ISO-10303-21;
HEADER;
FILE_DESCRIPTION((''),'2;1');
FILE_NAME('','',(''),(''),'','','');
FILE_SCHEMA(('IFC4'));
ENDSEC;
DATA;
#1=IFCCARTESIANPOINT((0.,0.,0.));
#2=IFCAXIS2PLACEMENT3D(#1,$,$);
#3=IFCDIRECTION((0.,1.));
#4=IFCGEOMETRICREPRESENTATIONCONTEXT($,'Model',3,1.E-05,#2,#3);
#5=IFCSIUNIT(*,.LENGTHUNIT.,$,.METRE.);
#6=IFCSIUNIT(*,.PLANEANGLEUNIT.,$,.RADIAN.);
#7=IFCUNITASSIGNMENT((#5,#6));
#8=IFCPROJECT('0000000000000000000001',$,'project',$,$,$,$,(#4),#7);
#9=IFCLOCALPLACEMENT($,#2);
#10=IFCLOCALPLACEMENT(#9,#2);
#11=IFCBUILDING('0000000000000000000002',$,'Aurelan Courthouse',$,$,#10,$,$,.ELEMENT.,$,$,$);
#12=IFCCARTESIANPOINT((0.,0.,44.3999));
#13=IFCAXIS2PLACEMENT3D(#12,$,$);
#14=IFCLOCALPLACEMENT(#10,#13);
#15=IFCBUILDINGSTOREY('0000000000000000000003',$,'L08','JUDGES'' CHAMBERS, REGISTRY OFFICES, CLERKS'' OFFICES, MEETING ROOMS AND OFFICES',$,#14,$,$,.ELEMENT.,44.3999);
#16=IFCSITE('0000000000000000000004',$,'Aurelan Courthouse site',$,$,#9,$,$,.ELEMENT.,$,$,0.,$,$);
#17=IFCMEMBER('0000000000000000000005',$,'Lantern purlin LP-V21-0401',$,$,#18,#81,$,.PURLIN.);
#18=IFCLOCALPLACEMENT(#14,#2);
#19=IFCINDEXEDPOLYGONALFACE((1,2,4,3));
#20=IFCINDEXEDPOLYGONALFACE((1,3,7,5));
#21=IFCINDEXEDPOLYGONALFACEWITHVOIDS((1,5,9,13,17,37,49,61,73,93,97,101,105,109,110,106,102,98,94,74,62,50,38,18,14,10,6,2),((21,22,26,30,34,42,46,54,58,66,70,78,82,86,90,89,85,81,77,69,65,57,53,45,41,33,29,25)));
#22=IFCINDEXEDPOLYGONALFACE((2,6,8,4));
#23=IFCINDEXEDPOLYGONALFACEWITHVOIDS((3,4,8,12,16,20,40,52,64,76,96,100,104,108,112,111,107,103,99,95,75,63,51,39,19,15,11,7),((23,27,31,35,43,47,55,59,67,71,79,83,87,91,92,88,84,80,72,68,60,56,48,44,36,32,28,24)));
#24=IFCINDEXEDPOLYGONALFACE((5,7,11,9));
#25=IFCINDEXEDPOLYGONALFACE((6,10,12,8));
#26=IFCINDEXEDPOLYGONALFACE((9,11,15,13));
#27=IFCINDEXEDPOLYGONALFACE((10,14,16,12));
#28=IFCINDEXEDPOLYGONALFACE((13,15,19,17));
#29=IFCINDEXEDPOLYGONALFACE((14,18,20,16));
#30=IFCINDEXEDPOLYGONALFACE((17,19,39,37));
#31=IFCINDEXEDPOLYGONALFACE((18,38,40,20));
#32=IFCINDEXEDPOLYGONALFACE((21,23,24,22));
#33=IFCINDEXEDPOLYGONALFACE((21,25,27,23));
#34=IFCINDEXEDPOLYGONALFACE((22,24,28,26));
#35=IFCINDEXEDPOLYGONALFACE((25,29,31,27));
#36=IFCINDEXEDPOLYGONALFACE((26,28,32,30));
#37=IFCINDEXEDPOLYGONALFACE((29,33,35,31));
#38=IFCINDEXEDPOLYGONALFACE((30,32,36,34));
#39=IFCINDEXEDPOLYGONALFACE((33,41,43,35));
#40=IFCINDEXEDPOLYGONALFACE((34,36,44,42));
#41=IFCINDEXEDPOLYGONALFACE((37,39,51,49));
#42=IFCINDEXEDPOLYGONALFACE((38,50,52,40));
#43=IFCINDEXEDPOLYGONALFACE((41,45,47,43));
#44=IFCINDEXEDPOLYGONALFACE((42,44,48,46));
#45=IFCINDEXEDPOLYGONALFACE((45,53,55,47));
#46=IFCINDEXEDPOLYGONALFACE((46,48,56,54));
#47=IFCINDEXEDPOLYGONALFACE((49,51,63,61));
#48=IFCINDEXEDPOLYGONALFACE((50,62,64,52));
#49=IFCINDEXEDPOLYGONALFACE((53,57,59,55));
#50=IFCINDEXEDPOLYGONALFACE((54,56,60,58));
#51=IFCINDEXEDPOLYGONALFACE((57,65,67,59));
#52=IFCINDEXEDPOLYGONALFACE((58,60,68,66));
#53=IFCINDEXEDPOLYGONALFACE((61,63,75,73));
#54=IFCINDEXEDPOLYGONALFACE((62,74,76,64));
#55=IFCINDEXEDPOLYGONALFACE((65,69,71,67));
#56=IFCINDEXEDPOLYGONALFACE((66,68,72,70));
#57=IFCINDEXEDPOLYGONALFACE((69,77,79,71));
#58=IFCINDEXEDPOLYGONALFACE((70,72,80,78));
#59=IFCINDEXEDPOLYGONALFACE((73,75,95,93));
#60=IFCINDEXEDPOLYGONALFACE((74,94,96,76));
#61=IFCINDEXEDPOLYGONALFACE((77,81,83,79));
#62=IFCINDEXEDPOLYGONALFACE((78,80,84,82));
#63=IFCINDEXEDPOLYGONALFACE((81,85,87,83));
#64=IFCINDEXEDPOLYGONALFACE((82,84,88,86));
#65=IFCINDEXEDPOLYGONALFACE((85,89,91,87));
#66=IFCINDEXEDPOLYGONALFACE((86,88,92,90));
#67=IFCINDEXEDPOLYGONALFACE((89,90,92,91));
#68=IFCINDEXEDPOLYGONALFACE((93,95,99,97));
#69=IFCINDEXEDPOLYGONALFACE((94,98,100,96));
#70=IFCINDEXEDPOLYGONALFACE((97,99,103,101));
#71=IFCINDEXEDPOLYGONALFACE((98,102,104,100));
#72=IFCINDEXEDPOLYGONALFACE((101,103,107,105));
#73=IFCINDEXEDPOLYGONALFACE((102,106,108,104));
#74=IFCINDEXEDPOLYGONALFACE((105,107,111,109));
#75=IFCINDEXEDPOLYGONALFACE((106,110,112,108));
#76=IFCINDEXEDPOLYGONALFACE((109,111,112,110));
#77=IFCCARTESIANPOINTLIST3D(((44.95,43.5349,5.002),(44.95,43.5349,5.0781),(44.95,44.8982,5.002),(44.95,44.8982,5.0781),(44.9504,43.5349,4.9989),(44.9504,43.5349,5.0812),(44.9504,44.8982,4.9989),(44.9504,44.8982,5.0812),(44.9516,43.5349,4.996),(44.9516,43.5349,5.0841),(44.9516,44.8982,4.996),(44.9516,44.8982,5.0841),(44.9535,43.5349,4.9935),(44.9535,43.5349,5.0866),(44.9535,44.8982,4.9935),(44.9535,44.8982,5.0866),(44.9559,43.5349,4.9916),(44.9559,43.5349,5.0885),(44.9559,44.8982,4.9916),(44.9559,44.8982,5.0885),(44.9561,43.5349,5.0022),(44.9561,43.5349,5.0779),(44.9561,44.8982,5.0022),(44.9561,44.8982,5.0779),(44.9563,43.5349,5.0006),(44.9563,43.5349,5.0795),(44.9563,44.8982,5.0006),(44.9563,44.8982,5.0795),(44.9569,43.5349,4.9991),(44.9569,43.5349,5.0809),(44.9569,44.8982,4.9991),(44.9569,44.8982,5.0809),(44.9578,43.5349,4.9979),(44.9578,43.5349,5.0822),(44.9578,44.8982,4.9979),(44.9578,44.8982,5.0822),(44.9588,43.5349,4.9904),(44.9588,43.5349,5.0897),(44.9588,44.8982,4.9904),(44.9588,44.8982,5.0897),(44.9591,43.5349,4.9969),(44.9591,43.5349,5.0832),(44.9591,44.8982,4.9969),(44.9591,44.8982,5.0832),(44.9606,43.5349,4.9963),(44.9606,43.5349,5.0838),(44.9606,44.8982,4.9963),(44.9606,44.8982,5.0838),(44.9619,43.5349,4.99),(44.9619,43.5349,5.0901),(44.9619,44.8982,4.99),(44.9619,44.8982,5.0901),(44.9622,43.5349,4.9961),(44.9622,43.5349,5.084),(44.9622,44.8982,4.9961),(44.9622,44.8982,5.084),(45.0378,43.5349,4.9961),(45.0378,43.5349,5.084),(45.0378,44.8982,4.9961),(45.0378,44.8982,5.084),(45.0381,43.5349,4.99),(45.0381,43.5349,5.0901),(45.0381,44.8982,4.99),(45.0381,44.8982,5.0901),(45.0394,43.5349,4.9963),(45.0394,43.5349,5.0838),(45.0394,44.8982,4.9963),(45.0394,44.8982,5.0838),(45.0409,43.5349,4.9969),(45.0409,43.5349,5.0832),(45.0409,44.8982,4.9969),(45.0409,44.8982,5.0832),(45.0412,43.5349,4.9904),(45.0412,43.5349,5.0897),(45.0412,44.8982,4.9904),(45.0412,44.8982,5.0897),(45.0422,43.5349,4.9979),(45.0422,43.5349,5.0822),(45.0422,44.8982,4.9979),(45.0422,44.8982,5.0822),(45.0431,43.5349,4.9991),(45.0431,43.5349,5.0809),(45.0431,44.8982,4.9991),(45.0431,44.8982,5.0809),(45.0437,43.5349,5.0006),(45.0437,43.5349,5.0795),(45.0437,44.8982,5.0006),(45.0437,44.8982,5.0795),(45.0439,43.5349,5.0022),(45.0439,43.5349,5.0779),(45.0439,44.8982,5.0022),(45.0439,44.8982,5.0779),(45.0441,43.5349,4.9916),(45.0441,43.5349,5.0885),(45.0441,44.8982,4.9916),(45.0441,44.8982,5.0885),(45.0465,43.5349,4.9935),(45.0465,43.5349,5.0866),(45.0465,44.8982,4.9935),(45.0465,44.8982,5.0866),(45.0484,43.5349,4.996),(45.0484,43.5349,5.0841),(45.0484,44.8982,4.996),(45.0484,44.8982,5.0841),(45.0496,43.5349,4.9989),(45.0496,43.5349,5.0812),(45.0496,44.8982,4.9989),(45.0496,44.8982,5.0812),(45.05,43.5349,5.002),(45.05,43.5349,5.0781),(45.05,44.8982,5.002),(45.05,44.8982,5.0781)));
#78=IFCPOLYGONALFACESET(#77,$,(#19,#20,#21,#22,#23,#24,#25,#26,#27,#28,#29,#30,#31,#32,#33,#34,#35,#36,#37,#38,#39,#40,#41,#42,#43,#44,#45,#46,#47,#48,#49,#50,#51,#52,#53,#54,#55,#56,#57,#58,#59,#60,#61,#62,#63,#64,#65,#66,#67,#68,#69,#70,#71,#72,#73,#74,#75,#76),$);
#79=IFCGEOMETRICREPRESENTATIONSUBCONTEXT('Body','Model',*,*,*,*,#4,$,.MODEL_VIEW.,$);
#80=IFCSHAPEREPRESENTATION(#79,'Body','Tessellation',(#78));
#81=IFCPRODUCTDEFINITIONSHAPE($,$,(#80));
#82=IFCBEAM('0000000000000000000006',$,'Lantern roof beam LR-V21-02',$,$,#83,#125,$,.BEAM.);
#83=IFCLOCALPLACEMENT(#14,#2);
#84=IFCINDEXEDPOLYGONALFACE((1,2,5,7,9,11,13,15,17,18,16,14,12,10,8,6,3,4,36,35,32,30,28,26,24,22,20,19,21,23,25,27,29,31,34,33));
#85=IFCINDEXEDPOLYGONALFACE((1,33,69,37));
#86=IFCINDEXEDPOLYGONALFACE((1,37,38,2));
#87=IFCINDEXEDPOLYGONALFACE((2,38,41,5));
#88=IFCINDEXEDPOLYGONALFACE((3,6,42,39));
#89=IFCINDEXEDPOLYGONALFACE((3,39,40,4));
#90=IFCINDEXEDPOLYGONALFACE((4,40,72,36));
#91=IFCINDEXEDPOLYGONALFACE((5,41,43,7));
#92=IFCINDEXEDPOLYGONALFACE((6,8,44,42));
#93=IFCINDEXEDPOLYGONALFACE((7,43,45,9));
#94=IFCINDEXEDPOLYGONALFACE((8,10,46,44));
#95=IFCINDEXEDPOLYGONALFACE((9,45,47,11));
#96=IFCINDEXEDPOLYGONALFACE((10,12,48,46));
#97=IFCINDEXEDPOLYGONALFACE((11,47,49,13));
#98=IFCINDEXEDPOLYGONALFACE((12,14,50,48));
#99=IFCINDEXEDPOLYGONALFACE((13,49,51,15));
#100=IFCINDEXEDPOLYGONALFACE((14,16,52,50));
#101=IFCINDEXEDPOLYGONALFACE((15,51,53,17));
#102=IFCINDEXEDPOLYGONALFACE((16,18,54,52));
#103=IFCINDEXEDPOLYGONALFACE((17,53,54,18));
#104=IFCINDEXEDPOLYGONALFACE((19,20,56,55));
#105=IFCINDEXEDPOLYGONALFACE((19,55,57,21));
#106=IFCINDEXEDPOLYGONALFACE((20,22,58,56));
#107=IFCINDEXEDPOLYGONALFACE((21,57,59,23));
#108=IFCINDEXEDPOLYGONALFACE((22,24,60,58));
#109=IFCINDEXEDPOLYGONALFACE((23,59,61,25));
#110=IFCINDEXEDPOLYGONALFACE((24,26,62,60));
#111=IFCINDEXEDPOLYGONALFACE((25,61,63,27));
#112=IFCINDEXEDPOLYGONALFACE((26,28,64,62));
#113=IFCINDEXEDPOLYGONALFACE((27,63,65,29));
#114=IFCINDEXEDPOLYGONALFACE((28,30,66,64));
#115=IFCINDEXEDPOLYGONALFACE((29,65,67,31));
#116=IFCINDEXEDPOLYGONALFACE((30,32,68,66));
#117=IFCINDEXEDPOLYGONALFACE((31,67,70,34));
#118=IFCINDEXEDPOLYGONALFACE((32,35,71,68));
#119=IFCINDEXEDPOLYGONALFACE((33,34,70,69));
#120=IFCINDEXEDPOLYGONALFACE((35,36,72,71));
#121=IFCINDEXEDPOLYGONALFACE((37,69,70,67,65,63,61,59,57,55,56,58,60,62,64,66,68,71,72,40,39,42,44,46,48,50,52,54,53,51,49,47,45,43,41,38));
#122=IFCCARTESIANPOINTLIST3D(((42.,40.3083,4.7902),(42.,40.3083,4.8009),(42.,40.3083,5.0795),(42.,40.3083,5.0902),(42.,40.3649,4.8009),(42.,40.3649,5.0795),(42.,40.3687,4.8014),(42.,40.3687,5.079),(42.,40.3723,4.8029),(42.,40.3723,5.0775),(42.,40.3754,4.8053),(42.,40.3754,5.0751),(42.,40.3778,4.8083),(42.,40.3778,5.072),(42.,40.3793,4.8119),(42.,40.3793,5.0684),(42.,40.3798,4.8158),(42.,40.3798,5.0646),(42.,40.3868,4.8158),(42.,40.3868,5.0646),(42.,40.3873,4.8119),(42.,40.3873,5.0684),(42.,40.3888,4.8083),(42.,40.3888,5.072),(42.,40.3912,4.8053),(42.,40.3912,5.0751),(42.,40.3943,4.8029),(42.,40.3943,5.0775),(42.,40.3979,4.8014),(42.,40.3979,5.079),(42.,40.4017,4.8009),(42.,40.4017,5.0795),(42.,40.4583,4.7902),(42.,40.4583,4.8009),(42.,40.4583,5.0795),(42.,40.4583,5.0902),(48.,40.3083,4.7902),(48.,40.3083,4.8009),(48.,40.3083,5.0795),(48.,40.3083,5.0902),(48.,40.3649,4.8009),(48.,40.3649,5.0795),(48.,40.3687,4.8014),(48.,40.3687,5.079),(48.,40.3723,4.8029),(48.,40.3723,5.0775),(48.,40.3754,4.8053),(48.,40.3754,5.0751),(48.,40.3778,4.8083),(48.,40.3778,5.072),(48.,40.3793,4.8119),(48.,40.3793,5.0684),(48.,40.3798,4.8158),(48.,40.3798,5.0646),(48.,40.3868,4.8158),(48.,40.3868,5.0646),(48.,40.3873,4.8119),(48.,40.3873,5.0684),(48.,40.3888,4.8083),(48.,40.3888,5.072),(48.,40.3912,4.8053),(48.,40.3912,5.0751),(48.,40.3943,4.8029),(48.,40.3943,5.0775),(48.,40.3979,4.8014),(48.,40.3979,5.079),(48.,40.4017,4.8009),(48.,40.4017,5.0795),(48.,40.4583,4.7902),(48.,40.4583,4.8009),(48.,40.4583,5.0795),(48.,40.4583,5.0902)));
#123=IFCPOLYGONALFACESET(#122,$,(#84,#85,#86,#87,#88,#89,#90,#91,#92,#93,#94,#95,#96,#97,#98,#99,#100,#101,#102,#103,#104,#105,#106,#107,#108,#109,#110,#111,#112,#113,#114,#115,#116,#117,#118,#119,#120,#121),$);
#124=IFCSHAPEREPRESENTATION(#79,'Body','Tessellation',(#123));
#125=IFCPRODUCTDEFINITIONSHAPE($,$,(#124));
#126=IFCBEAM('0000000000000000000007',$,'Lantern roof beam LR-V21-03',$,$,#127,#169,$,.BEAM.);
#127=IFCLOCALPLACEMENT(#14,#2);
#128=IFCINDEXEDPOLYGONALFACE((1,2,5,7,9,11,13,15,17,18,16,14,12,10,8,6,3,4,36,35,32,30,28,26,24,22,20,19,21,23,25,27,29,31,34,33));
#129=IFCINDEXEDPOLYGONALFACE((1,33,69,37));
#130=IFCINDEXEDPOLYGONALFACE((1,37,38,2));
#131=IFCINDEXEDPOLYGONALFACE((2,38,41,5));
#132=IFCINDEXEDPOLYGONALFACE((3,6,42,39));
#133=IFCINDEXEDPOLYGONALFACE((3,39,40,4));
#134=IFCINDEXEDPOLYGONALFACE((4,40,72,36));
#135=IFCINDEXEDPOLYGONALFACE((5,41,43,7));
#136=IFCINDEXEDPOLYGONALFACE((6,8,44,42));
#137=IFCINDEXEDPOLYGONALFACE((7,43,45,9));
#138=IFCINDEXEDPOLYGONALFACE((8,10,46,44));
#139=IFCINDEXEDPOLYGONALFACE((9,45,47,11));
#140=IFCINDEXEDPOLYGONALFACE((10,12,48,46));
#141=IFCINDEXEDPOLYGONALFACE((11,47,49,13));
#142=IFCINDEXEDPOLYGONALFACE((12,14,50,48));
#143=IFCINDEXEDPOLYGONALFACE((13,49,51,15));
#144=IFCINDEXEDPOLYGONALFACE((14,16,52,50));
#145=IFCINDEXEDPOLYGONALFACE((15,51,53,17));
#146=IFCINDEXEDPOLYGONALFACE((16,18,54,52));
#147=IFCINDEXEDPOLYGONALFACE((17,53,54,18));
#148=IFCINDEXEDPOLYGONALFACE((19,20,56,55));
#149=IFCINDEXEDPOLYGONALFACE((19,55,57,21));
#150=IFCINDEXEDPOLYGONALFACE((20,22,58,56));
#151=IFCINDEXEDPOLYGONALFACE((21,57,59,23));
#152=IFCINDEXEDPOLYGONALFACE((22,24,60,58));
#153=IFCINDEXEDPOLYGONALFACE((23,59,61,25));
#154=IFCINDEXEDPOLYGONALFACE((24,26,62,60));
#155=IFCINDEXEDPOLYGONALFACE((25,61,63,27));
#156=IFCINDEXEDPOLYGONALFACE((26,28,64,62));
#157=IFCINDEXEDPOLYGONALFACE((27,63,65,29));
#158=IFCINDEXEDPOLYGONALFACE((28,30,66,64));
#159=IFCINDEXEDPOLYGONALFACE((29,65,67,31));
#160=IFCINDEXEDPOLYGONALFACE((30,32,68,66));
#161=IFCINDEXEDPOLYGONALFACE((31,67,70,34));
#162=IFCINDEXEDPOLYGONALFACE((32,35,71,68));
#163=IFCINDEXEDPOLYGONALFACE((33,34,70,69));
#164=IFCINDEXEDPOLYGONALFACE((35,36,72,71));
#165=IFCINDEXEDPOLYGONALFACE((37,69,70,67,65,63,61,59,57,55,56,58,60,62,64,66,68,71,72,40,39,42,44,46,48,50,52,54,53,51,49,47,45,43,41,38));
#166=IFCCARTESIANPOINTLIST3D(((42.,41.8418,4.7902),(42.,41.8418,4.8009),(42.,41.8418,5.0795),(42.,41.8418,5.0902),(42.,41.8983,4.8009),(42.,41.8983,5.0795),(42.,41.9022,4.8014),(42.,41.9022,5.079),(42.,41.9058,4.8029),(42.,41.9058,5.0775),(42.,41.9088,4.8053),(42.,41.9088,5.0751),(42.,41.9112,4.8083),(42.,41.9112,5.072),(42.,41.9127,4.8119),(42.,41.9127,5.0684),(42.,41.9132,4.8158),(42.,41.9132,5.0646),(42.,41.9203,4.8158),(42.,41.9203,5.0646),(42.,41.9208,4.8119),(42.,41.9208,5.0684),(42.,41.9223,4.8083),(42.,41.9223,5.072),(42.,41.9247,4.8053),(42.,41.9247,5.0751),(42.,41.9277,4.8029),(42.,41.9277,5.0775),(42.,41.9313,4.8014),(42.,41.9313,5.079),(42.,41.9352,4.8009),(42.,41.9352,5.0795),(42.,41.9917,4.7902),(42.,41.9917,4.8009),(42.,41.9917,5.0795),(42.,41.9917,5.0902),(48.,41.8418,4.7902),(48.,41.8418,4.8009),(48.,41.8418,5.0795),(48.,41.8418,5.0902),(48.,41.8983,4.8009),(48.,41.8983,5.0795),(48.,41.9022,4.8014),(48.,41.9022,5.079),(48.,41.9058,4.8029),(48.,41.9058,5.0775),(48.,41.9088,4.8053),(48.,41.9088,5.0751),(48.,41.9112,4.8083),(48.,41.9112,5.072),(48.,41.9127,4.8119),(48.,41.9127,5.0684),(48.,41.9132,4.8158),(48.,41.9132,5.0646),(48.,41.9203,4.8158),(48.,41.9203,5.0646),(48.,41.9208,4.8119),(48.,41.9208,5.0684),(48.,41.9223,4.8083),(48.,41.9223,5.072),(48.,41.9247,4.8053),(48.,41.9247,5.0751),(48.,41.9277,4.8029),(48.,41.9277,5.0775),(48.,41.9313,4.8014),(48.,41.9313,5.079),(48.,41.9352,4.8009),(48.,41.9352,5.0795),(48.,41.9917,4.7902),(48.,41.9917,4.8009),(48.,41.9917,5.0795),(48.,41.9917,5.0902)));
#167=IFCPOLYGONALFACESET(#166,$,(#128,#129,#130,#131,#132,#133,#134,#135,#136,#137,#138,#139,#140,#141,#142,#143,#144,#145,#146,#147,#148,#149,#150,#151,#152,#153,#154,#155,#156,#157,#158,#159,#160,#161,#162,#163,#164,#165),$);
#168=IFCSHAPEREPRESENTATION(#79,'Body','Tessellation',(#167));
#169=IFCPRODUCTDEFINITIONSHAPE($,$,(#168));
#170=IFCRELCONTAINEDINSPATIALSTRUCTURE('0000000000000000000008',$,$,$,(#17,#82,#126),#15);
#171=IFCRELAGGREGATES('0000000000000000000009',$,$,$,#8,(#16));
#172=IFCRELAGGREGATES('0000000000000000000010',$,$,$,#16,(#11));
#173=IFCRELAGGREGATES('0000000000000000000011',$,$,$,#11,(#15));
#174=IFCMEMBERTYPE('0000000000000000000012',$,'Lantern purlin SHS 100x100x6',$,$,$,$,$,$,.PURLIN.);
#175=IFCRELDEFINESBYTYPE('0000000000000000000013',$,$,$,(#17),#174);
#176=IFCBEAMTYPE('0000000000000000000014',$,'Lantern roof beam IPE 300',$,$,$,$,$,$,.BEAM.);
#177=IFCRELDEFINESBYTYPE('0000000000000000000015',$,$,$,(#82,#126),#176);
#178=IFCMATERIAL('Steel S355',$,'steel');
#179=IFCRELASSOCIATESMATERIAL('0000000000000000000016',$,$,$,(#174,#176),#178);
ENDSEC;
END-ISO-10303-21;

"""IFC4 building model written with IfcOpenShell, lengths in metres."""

from ifc_helpers import new_model, si_unit, direction, frame, origin, origin_2d, place, context, subcontext, project, spatial, hollow_rectangle, i_section, extrude, material, material_profile, profile_set, type_object, element, save


model = new_model("IFC4")

# Units and contexts
model_context = context("Model", 3, precision=1e-05, world=origin(), true_north=direction((0.0, 1.0)))
body_context = subcontext(model_context, "Body", "Model", "MODEL_VIEW")
ifc_project = project(units=[si_unit("LENGTHUNIT", "METRE"), si_unit("PLANEANGLEUNIT", "RADIAN")], contexts=[model_context])

# Site, building, storey
site_placement = place(None, origin())
site = spatial("IfcSite", under=ifc_project, at=site_placement, Name="Aurelan Courthouse site", CompositionType="ELEMENT", RefElevation=0.0)
building_placement = place(site_placement, origin())
building = spatial("IfcBuilding", under=site, at=building_placement, Name="Aurelan Courthouse", CompositionType="ELEMENT")
storey_placement = place(building_placement, frame((0.0, 0.0, 44.3999)))
storey = spatial("IfcBuildingStorey", under=building, at=storey_placement, Name="L08", Description="JUDGES' CHAMBERS, REGISTRY OFFICES, CLERKS' OFFICES, MEETING ROOMS AND OFFICES", CompositionType="ELEMENT", Elevation=44.3999)

# Member
ifc_material_1 = material(Name="Steel S355", Category="steel")
ifc_material_profile_1 = material_profile(ifc_material_1, hollow_rectangle(XDim=0.1001, YDim=0.1001, WallThickness=0.0061, InnerFilletRadius=0.0061, OuterFilletRadius=0.012, at=origin_2d()), Name="SHS 100x100x6")
ifc_profile_set_1 = profile_set([ifc_material_profile_1], Name="Steel S355")
member_type_1 = type_object("IfcMemberType", Name="Lantern purlin SHS 100x100x6", PredefinedType="PURLIN", material=ifc_profile_set_1)
for number, where, z_axis, x_axis, name in (
    (1, (45.0, 43.5349, 5.04), (0.0, 1.0, 0.0), (-1.0, 0.0, 0.0), "Lantern purlin LP-V21-0401"),
):
    element("IfcMember", number, at=place(storey_placement, frame(where, z_axis=z_axis, x_axis=x_axis)), inside=storey, type_object=member_type_1, Name=name, PredefinedType="PURLIN", context=body_context, shape_type="SweptSolid", body=[
        extrude(hollow_rectangle(XDim=0.1001, YDim=0.1001, WallThickness=0.0061, InnerFilletRadius=0.0061, OuterFilletRadius=0.012, at=origin_2d()), origin(), (0.0, 0.0, 1.0), 1.3633),
    ])

# Beams
ifc_material_profile_2 = material_profile(ifc_material_1, i_section(OverallWidth=0.1499, OverallDepth=0.3, WebThickness=0.0071, FlangeThickness=0.0107, FilletRadius=0.0149, at=origin_2d()), Name="IPE 300")
ifc_profile_set_2 = profile_set([ifc_material_profile_2], Name="Steel S355")
beam_type = type_object("IfcBeamType", Name="Lantern roof beam IPE 300", PredefinedType="BEAM", material=ifc_profile_set_2)
for number, where, z_axis, x_axis, name in (
    (2, (42.0, 40.3833, 4.9402), (1.0, 0.0, 0.0), (0.0, 1.0, 0.0), "Lantern roof beam LR-V21-02"),
    (3, (42.0, 41.9167, 4.9402), (1.0, 0.0, 0.0), (0.0, 1.0, 0.0), "Lantern roof beam LR-V21-03"),
):
    element("IfcBeam", number, at=place(storey_placement, frame(where, z_axis=z_axis, x_axis=x_axis)), inside=storey, type_object=beam_type, Name=name, PredefinedType="BEAM", context=body_context, shape_type="SweptSolid", body=[
        extrude(i_section(OverallWidth=0.1499, OverallDepth=0.3, WebThickness=0.0071, FlangeThickness=0.0107, FilletRadius=0.0149, at=origin_2d()), origin(), (0.0, 0.0, 1.0), 6.0),
    ])

save(model, "model.ifc")
